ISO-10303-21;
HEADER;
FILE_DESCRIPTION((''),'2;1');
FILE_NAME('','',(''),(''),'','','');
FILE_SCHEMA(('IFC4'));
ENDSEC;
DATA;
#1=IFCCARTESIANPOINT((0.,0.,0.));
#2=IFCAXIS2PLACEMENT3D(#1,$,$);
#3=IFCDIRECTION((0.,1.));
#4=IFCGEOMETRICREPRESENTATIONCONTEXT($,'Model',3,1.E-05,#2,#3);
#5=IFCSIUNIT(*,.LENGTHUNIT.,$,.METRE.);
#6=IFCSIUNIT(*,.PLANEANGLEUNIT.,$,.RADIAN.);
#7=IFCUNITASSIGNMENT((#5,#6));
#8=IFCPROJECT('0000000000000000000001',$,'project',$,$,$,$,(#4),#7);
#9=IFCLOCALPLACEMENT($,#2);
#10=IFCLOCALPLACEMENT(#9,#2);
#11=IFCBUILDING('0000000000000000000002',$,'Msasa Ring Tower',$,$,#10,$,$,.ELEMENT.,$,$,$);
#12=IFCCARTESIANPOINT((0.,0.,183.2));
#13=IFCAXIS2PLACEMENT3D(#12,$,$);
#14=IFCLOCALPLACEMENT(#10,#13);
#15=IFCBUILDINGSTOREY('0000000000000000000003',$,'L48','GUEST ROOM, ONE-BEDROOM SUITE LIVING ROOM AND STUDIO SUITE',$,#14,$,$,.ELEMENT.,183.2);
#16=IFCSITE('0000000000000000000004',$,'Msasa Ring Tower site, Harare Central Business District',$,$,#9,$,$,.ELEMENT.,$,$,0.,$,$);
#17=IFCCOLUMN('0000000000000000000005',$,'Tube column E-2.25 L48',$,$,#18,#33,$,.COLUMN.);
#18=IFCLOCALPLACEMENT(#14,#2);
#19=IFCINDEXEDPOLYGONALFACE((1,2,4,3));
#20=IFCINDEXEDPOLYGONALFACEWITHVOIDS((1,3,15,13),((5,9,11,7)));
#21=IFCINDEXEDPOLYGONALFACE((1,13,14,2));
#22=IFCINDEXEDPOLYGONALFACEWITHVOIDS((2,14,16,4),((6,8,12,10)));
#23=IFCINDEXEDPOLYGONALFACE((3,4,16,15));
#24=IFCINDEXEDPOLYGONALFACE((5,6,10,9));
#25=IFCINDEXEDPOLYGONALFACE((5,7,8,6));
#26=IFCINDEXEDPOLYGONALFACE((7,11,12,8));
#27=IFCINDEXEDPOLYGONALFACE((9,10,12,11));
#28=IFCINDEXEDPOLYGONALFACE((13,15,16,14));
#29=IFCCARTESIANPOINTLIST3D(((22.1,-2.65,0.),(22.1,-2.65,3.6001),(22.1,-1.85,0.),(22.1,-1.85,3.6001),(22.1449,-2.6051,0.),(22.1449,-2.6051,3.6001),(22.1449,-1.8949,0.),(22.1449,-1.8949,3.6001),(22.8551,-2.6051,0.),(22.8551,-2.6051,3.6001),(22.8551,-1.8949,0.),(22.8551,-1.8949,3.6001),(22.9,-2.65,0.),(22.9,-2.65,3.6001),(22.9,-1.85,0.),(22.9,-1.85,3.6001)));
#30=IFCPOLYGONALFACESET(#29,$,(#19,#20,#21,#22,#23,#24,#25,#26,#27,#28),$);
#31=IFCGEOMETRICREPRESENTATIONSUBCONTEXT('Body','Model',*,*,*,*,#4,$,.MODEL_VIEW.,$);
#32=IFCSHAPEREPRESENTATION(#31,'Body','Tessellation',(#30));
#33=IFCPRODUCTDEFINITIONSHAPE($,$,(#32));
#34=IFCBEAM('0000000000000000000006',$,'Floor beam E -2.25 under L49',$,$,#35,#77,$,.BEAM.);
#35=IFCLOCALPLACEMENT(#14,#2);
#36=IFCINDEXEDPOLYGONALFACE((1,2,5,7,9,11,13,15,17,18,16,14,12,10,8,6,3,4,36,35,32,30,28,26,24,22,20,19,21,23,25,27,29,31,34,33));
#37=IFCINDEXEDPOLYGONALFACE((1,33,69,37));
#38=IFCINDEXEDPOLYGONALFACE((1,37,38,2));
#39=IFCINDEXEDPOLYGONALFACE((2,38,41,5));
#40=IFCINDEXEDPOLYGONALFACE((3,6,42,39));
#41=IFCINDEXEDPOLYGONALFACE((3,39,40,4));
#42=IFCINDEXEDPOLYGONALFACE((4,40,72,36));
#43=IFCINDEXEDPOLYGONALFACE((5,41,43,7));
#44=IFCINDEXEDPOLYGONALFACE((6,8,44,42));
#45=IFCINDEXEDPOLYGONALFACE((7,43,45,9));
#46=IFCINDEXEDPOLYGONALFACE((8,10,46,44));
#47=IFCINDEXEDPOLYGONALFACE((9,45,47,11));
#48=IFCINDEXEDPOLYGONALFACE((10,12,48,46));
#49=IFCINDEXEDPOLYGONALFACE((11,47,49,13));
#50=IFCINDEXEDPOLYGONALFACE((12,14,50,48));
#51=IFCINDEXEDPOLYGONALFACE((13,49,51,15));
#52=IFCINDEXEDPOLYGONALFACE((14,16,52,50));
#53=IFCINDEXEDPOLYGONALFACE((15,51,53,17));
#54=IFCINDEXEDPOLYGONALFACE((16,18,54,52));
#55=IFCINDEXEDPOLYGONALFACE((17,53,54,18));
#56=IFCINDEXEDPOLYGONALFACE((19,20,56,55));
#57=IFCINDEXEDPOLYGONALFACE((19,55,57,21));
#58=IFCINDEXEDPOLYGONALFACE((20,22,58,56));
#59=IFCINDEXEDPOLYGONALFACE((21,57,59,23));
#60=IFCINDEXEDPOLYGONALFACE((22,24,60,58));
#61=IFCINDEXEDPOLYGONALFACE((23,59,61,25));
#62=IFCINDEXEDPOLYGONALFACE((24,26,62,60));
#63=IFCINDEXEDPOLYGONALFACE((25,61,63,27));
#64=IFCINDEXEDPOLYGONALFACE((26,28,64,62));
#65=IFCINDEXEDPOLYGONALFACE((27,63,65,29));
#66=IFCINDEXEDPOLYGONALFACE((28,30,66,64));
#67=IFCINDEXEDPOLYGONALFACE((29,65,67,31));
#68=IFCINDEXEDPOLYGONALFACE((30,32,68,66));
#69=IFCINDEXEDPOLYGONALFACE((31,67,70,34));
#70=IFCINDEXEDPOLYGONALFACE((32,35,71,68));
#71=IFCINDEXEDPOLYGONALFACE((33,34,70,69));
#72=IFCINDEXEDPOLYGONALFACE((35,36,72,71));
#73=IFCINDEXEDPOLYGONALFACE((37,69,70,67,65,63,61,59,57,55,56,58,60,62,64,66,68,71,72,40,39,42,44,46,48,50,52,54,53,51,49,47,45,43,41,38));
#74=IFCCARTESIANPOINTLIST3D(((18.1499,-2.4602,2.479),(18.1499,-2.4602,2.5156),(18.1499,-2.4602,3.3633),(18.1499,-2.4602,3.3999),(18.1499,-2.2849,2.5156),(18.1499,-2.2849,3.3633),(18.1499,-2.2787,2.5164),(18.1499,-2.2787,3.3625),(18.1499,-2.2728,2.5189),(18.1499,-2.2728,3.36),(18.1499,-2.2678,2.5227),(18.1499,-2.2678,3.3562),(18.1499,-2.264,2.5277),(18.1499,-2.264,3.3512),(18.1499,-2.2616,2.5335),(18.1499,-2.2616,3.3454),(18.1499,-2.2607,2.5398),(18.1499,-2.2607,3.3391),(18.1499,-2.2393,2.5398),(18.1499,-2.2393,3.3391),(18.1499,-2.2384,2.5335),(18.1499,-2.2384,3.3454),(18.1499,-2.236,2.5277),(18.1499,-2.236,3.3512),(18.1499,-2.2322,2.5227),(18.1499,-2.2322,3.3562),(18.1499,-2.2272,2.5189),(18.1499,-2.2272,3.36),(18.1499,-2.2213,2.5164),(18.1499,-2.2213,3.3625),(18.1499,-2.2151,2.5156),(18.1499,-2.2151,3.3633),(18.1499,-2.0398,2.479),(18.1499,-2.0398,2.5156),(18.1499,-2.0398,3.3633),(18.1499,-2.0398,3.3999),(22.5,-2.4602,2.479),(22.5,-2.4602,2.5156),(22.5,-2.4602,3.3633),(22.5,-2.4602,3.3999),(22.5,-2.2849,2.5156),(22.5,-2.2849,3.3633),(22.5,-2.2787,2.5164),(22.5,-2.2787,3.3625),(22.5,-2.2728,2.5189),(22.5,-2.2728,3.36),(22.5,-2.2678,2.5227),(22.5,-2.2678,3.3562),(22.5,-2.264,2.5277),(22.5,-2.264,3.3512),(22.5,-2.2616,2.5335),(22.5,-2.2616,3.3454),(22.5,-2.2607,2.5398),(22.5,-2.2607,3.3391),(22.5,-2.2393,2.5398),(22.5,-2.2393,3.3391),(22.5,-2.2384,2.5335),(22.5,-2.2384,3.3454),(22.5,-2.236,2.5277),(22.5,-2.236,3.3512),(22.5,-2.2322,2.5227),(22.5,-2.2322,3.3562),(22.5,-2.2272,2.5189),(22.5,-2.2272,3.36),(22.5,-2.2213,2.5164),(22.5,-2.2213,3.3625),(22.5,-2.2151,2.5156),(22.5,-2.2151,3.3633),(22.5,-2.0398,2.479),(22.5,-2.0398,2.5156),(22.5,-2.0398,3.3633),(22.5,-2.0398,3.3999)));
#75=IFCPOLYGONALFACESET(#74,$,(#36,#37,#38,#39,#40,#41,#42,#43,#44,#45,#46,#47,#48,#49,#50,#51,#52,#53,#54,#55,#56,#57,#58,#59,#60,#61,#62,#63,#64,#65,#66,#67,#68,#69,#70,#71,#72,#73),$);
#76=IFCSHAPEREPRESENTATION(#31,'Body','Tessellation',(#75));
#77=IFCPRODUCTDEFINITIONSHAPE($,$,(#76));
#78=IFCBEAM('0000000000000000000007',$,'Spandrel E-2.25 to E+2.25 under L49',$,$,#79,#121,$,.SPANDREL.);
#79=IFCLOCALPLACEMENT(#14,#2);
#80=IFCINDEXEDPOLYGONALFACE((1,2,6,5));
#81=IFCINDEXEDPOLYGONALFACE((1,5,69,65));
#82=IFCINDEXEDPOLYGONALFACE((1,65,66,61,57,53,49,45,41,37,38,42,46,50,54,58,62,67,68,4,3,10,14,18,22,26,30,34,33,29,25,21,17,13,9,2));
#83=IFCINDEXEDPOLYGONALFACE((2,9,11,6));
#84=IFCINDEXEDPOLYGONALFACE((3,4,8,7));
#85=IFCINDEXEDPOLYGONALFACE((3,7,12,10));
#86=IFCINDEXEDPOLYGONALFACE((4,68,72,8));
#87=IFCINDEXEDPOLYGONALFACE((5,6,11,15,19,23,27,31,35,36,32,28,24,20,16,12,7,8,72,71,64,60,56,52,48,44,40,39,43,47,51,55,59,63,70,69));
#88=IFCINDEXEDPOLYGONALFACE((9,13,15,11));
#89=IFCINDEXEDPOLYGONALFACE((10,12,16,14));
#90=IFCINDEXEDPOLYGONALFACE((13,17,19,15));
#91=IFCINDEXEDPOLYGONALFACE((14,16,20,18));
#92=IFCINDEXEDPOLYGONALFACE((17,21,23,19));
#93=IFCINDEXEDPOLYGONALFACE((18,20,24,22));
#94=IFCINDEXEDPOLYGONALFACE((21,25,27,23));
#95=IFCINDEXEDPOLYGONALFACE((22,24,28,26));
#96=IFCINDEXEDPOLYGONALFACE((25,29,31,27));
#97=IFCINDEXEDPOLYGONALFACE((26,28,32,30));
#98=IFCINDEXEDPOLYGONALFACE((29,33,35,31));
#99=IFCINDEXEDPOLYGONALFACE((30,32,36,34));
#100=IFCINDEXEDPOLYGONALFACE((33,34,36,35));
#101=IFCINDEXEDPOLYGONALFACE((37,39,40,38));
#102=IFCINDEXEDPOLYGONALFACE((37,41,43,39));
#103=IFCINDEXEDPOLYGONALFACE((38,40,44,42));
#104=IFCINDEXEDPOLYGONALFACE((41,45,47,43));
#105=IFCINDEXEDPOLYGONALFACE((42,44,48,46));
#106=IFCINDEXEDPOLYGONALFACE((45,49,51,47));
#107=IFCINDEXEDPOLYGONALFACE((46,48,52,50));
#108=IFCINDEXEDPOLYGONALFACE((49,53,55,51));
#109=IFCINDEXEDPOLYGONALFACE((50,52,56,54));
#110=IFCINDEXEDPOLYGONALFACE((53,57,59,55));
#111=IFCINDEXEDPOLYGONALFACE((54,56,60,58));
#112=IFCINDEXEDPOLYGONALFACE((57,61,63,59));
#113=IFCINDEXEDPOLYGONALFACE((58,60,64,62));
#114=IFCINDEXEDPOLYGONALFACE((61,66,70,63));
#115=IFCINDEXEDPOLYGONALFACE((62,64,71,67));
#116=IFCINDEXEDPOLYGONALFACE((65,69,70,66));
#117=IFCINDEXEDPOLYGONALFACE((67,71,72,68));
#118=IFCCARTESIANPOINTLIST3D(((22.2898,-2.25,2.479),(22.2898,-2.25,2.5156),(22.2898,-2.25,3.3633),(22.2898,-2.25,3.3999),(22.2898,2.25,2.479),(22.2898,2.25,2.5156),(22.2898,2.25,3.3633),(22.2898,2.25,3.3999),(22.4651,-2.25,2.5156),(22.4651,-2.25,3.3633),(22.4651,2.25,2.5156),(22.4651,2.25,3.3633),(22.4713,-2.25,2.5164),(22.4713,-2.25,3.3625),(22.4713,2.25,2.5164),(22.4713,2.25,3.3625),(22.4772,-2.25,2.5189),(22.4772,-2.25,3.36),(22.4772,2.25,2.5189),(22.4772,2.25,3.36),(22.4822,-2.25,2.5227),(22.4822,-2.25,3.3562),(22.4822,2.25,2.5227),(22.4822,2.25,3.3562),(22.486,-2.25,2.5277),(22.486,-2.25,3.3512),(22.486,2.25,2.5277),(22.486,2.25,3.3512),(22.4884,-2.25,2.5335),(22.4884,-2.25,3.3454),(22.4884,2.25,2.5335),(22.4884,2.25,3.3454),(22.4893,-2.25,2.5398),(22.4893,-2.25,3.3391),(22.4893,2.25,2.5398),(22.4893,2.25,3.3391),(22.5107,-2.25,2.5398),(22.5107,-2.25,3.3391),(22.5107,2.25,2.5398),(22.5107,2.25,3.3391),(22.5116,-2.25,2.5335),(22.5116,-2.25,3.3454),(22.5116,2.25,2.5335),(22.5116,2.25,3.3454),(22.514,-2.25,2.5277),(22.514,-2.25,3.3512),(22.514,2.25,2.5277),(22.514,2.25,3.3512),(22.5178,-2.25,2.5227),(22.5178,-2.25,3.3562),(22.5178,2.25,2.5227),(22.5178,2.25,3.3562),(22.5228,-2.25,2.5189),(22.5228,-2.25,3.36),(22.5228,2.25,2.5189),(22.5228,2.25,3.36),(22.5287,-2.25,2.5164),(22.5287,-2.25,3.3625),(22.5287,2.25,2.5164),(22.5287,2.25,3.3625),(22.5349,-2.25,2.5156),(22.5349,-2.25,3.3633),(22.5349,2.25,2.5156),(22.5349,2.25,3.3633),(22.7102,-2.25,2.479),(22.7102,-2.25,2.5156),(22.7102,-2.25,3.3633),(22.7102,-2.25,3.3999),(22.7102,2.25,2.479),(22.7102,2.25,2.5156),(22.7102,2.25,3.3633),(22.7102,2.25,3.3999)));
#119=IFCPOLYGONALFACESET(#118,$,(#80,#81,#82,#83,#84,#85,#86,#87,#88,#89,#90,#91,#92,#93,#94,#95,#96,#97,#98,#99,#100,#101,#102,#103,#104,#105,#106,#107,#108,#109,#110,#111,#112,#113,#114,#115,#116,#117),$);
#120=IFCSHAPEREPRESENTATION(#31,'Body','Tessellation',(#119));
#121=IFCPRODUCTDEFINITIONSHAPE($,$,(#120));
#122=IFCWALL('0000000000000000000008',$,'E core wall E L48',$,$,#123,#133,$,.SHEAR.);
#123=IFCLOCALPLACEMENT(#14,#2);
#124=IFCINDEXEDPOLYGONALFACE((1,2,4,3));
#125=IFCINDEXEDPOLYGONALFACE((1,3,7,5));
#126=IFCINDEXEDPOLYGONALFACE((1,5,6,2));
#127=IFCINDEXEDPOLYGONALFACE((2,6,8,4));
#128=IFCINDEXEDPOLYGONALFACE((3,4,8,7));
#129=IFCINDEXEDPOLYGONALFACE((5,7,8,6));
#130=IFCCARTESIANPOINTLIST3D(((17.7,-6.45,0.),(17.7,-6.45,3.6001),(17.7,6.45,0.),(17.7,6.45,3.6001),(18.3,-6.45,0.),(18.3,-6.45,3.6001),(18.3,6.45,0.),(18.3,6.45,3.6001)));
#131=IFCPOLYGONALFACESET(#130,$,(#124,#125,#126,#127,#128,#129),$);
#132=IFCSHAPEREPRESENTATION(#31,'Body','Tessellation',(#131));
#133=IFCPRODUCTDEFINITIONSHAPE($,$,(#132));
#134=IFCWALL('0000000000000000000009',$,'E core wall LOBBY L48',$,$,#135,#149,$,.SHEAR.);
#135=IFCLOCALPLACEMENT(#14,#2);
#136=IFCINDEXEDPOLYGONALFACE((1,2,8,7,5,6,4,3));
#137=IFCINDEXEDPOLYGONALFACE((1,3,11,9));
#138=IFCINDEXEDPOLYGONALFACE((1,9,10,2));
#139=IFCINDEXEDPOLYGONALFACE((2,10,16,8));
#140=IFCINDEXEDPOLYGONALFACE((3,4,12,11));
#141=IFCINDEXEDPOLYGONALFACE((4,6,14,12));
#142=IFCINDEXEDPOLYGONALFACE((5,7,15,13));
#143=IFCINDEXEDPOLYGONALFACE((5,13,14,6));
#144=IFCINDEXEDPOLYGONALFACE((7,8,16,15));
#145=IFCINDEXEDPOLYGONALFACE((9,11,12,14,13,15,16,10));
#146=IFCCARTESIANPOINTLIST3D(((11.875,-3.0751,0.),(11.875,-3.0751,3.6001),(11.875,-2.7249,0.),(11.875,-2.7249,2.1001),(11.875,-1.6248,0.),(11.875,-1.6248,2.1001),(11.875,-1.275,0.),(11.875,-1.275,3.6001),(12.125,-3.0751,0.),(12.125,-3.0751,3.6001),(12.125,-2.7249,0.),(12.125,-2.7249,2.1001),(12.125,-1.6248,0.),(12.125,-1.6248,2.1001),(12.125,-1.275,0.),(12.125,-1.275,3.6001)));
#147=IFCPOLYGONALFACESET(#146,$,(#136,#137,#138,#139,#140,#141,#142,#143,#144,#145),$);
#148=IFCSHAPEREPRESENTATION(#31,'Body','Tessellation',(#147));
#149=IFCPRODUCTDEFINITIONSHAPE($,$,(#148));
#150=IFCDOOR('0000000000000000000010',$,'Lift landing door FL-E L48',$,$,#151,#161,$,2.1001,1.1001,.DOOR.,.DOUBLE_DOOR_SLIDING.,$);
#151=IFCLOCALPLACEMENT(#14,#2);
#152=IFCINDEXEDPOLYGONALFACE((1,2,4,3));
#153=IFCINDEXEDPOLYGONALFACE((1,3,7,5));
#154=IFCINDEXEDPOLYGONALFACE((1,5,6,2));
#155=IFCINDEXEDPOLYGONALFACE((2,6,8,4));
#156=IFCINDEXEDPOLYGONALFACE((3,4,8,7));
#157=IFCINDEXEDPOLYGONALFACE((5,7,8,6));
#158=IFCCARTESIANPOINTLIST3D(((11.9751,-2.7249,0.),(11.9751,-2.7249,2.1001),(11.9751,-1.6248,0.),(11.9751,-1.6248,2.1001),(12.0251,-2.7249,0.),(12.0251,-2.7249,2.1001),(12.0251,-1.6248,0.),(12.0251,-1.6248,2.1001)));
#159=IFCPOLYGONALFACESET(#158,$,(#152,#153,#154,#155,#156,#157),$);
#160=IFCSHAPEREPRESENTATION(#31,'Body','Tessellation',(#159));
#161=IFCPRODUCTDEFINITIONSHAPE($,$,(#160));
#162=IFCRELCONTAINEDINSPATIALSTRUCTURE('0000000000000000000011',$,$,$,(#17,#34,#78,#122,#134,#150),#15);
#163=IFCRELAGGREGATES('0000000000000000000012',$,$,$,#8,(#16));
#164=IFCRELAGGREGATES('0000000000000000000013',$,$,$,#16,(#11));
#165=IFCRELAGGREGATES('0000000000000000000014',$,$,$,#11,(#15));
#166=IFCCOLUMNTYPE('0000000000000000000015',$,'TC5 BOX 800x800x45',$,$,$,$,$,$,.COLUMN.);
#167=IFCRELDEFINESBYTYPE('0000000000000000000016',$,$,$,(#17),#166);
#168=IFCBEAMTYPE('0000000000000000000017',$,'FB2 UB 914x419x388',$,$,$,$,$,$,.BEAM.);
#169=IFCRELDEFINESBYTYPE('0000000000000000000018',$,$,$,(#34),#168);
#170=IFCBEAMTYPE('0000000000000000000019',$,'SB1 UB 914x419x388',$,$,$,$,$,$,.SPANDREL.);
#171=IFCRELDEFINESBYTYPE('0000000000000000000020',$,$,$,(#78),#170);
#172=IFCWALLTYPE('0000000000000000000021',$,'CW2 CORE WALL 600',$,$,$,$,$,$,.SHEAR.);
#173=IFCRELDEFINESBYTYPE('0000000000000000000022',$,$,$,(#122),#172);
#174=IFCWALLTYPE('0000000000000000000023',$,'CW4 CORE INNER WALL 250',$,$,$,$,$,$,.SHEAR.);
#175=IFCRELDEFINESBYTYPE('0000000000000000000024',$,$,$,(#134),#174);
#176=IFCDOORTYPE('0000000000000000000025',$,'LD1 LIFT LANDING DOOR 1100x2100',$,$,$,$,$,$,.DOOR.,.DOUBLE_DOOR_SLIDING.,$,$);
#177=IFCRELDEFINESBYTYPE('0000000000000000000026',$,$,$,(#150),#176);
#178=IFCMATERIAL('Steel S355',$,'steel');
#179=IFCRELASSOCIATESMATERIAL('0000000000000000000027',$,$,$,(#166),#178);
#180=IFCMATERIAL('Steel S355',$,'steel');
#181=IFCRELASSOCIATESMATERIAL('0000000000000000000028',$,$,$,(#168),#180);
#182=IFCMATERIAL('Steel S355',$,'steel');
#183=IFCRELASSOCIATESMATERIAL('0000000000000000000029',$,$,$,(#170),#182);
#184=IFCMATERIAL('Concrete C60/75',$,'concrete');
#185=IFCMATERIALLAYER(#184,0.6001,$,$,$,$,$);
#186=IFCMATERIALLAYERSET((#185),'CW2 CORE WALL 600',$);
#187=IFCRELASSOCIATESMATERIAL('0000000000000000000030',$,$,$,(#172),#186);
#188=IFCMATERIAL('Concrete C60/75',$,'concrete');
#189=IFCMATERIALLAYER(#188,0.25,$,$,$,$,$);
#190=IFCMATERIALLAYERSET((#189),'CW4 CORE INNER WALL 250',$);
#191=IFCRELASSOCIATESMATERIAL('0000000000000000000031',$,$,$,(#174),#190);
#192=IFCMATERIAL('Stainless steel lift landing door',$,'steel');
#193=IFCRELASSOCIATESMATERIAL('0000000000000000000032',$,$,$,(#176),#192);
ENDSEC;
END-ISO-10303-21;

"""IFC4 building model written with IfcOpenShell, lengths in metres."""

from ifc_helpers import new_model, si_unit, direction, frame, frame_2d, origin, origin_2d, place, context, subcontext, project, spatial, rectangle, hollow_rectangle, i_section, extrude, material, layer, layer_set, material_profile, profile_set, type_object, element, fill, save


model = new_model("IFC4")

# Units and contexts
model_context = context("Model", 3, precision=1e-05, world=origin(), true_north=direction((0.0, 1.0)))
body_context = subcontext(model_context, "Body", "Model", "MODEL_VIEW")
ifc_project = project(units=[si_unit("LENGTHUNIT", "METRE"), si_unit("PLANEANGLEUNIT", "RADIAN")], contexts=[model_context])

# Site, building, storey
site_placement = place(None, origin())
site = spatial("IfcSite", under=ifc_project, at=site_placement, Name="Msasa Ring Tower site, Harare Central Business District", CompositionType="ELEMENT", RefElevation=0.0)
building_placement = place(site_placement, origin())
building = spatial("IfcBuilding", under=site, at=building_placement, Name="Msasa Ring Tower", CompositionType="ELEMENT")
storey_placement = place(building_placement, frame((0.0, 0.0, 183.2)))
storey = spatial("IfcBuildingStorey", under=building, at=storey_placement, Name="L48", Description="GUEST ROOM, ONE-BEDROOM SUITE LIVING ROOM AND STUDIO SUITE", CompositionType="ELEMENT", Elevation=183.2)

# Column
ifc_material_1 = material(Name="Steel S355", Category="steel")
ifc_material_profile_1 = material_profile(ifc_material_1, hollow_rectangle(XDim=0.8, YDim=0.8, WallThickness=0.0449, at=origin_2d()), Name="BOX 800x800x45")
ifc_profile_set_1 = profile_set([ifc_material_profile_1], Name="Steel S355")
column_type = type_object("IfcColumnType", Name="TC5 BOX 800x800x45", PredefinedType="COLUMN", material=ifc_profile_set_1)
column_placement = place(storey_placement, frame((22.5, -2.25, 0.0), z_axis=(0.0, 0.0, 1.0), x_axis=(1.0, 0.0, 0.0)))
element("IfcColumn", 1, at=column_placement, inside=storey, type_object=column_type, Name="Tube column E-2.25 L48", PredefinedType="COLUMN", context=body_context, shape_type="SweptSolid", body=[
    extrude(hollow_rectangle(XDim=0.8, YDim=0.8, WallThickness=0.0449, at=origin_2d()), origin(), (0.0, 0.0, 1.0), 3.6001),
])

# Beams
ifc_material_2 = material(Name="Steel S355", Category="steel")
ifc_material_profile_2 = material_profile(ifc_material_2, i_section(OverallWidth=0.4204, OverallDepth=0.9209, WebThickness=0.0215, FlangeThickness=0.0366, FilletRadius=0.0242, at=origin_2d()), Name="UB 914x419x388")
ifc_profile_set_2 = profile_set([ifc_material_profile_2], Name="Steel S355")
beam_type_1 = type_object("IfcBeamType", Name="FB2 UB 914x419x388", PredefinedType="BEAM", material=ifc_profile_set_2)
beam_1_placement = place(storey_placement, frame((22.5, -2.25, 2.9395), z_axis=(-1.0, 0.0, 0.0), x_axis=(0.0, -1.0, 0.0)))
element("IfcBeam", 2, at=beam_1_placement, inside=storey, type_object=beam_type_1, Name="Floor beam E -2.25 under L49", PredefinedType="BEAM", context=body_context, shape_type="SweptSolid", body=[
    extrude(i_section(OverallWidth=0.4204, OverallDepth=0.9209, WebThickness=0.0215, FlangeThickness=0.0366, FilletRadius=0.0242, at=origin_2d()), origin(), (0.0, 0.0, 1.0), 4.3501),
])
ifc_material_3 = material(Name="Steel S355", Category="steel")
ifc_material_profile_3 = material_profile(ifc_material_3, i_section(OverallWidth=0.4204, OverallDepth=0.9209, WebThickness=0.0215, FlangeThickness=0.0366, FilletRadius=0.0242, at=origin_2d()), Name="UB 914x419x388")
ifc_profile_set_3 = profile_set([ifc_material_profile_3], Name="Steel S355")
beam_type_2 = type_object("IfcBeamType", Name="SB1 UB 914x419x388", PredefinedType="SPANDREL", material=ifc_profile_set_3)
beam_2_placement = place(storey_placement, frame((22.5, -2.25, 2.9395), z_axis=(0.0, 1.0, 0.0), x_axis=(-1.0, 0.0, 0.0)))
element("IfcBeam", 3, at=beam_2_placement, inside=storey, type_object=beam_type_2, Name="Spandrel E-2.25 to E+2.25 under L49", PredefinedType="SPANDREL", context=body_context, shape_type="SweptSolid", body=[
    extrude(i_section(OverallWidth=0.4204, OverallDepth=0.9209, WebThickness=0.0215, FlangeThickness=0.0366, FilletRadius=0.0242, at=origin_2d()), origin(), (0.0, 0.0, 1.0), 4.5),
])

# Wall
ifc_material_4 = material(Name="Concrete C60/75", Category="concrete")
ifc_layer_1 = layer(ifc_material_4, 0.6001)
ifc_layer_set_1 = layer_set([ifc_layer_1], Name="CW2 CORE WALL 600")
wall_type_1 = type_object("IfcWallType", Name="CW2 CORE WALL 600", PredefinedType="SHEAR", material=ifc_layer_set_1)
wall_1_placement = place(storey_placement, frame((18.0, -6.45, 0.0), z_axis=(0.0, 0.0, 1.0), x_axis=(0.0, 1.0, 0.0)))
element("IfcWall", 4, at=wall_1_placement, inside=storey, type_object=wall_type_1, Name="E core wall E L48", PredefinedType="SHEAR", context=body_context, shape_type="SweptSolid", body=[
    extrude(rectangle(XDim=12.8999, YDim=0.6001, at=frame_2d((6.45, 0.0))), origin(), (0.0, 0.0, 1.0), 3.6001),
])

# Wall, opening, door
ifc_material_5 = material(Name="Concrete C60/75", Category="concrete")
ifc_layer_2 = layer(ifc_material_5, 0.25)
ifc_layer_set_2 = layer_set([ifc_layer_2], Name="CW4 CORE INNER WALL 250")
wall_type_2 = type_object("IfcWallType", Name="CW4 CORE INNER WALL 250", PredefinedType="SHEAR", material=ifc_layer_set_2)
wall_2_placement = place(storey_placement, frame((12.0, -3.075, 0.0), z_axis=(0.0, 0.0, 1.0), x_axis=(0.0, 1.0, 0.0)))
wall_2 = element("IfcWall", 5, at=wall_2_placement, inside=storey, type_object=wall_type_2, Name="E core wall LOBBY L48", PredefinedType="SHEAR", context=body_context, shape_type="SweptSolid", body=[
    extrude(rectangle(XDim=1.8, YDim=0.25, at=frame_2d((0.8999, 0.0))), origin(), (0.0, 0.0, 1.0), 3.6001),
])
opening_1_placement = place(wall_2_placement, frame((0.3501, 0.0, 0.0)))
opening_1 = element("IfcOpeningElement", 6, at=opening_1_placement, cuts=wall_2, PredefinedType="OPENING", context=body_context, shape_type="SweptSolid", body=[
    extrude(rectangle(XDim=1.1001, YDim=2.1001, at=frame_2d((0.55, 1.05))), frame((0.0, 0.135, 0.0), z_axis=(0.0, -1.0, 0.0), x_axis=(1.0, 0.0, 0.0)), (0.0, 0.0, 1.0), 0.27),
])
ifc_material_6 = material(Name="Stainless steel lift landing door", Category="steel")
door_type = type_object("IfcDoorType", Name="LD1 LIFT LANDING DOOR 1100x2100", OperationType="DOUBLE_DOOR_SLIDING", PredefinedType="DOOR", material=ifc_material_6)
door_1_placement = place(opening_1_placement, origin())
door_1 = element("IfcDoor", 7, at=door_1_placement, inside=storey, type_object=door_type, Name="Lift landing door FL-E L48", OperationType="DOUBLE_DOOR_SLIDING", OverallHeight=2.1001, OverallWidth=1.1001, PredefinedType="DOOR", context=body_context, shape_type="SweptSolid", body=[
    extrude(rectangle(XDim=1.1001, YDim=2.1001, at=frame_2d((0.55, 1.05))), frame((0.0, 0.0249, 0.0), z_axis=(0.0, -1.0, 0.0), x_axis=(1.0, 0.0, 0.0)), (0.0, 0.0, 1.0), 0.05),
])
fill(opening_1, door_1)

save(model, "model.ifc")
